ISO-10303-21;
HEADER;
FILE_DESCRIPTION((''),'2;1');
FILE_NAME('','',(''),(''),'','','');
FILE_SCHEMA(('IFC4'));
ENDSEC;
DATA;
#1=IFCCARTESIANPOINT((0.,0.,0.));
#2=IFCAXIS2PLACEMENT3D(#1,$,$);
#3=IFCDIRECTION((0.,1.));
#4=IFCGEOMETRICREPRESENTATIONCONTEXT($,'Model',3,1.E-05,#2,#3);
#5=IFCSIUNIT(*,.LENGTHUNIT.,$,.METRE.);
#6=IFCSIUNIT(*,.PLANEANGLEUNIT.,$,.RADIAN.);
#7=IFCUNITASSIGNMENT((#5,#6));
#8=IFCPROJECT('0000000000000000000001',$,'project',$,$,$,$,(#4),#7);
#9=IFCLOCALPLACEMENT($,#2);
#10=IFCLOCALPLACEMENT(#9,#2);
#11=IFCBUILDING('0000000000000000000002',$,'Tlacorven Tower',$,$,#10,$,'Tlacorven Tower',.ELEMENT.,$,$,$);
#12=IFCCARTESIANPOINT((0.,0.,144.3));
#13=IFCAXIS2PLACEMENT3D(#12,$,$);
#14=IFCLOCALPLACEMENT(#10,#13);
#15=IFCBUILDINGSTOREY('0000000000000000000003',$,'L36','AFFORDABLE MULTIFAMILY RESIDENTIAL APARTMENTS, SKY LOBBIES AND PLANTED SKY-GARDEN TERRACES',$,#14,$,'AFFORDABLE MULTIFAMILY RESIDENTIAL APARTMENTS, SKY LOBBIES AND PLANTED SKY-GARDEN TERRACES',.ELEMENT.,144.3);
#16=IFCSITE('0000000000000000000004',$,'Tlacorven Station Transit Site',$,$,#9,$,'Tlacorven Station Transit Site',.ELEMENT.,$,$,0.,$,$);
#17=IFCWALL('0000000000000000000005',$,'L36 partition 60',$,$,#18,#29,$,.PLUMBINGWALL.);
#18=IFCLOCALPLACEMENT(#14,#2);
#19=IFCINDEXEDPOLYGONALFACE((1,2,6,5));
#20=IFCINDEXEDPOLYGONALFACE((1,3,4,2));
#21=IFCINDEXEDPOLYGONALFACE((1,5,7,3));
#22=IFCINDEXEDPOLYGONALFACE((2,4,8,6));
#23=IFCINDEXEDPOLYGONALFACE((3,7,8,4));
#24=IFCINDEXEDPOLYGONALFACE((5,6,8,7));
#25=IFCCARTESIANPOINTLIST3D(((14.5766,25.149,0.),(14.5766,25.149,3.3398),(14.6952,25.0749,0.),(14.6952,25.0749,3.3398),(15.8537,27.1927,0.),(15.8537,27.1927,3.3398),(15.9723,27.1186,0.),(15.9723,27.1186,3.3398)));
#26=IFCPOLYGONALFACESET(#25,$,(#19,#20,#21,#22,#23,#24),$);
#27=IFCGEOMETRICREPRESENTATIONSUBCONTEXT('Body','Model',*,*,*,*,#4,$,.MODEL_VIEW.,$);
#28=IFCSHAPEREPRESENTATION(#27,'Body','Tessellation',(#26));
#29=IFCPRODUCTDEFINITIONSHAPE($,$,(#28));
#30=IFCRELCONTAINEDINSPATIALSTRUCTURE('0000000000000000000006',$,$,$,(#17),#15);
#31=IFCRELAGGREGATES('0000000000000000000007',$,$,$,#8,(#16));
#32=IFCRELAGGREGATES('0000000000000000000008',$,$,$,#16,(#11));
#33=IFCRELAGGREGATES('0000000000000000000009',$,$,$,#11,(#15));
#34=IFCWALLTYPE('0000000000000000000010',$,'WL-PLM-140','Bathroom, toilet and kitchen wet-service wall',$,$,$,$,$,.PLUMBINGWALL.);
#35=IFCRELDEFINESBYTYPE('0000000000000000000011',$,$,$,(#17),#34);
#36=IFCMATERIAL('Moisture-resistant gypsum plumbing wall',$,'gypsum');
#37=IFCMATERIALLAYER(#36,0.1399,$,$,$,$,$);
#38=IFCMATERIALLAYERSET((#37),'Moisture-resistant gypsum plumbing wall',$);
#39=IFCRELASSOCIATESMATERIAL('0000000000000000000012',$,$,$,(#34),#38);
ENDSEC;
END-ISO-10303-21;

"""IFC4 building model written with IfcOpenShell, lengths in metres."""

from ifc_helpers import new_model, si_unit, direction, frame, frame_2d, origin, place, context, subcontext, project, spatial, rectangle, extrude, material, layer, layer_set, type_object, element, save


model = new_model("IFC4")

# Units and contexts
model_context = context("Model", 3, precision=1e-05, world=origin(), true_north=direction((0.0, 1.0)))
body_context = subcontext(model_context, "Body", "Model", "MODEL_VIEW")
ifc_project = project(units=[si_unit("LENGTHUNIT", "METRE"), si_unit("PLANEANGLEUNIT", "RADIAN")], contexts=[model_context])

# Site, building, storey
site_placement = place(None, origin())
site = spatial("IfcSite", under=ifc_project, at=site_placement, Name="Tlacorven Station Transit Site", LongName="Tlacorven Station Transit Site", CompositionType="ELEMENT", RefElevation=0.0)
building_placement = place(site_placement, origin())
building = spatial("IfcBuilding", under=site, at=building_placement, Name="Tlacorven Tower", LongName="Tlacorven Tower", CompositionType="ELEMENT")
storey_placement = place(building_placement, frame((0.0, 0.0, 144.3)))
storey = spatial("IfcBuildingStorey", under=building, at=storey_placement, Name="L36", Description="AFFORDABLE MULTIFAMILY RESIDENTIAL APARTMENTS, SKY LOBBIES AND PLANTED SKY-GARDEN TERRACES", LongName="AFFORDABLE MULTIFAMILY RESIDENTIAL APARTMENTS, SKY LOBBIES AND PLANTED SKY-GARDEN TERRACES", CompositionType="ELEMENT", Elevation=144.3)

# Shared definitions
ifc_material_1 = material(Name="Moisture-resistant gypsum plumbing wall", Category="gypsum")
ifc_layer_1 = layer(ifc_material_1, 0.1399)
ifc_layer_set_1 = layer_set([ifc_layer_1], Name="Moisture-resistant gypsum plumbing wall")
wall_type_1 = type_object("IfcWallType", Name="WL-PLM-140", Description="Bathroom, toilet and kitchen wet-service wall", PredefinedType="PLUMBINGWALL", material=ifc_layer_set_1)

# Wall
wall_1_placement = place(storey_placement, frame((15.9131, 27.1558, 0.0), z_axis=(0.0, 0.0, 1.0), x_axis=(-0.529935, -0.848038, 0.0)))
element("IfcWall", 1, at=wall_1_placement, inside=storey, type_object=wall_type_1, Name="L36 partition 60", PredefinedType="PLUMBINGWALL", context=body_context, shape_type="SweptSolid", body=[
    extrude(rectangle(XDim=2.4099, YDim=0.1399, at=frame_2d((1.2051, 0.0))), origin(), (0.0, 0.0, 1.0), 3.3398),
])

save(model, "model.ifc")
